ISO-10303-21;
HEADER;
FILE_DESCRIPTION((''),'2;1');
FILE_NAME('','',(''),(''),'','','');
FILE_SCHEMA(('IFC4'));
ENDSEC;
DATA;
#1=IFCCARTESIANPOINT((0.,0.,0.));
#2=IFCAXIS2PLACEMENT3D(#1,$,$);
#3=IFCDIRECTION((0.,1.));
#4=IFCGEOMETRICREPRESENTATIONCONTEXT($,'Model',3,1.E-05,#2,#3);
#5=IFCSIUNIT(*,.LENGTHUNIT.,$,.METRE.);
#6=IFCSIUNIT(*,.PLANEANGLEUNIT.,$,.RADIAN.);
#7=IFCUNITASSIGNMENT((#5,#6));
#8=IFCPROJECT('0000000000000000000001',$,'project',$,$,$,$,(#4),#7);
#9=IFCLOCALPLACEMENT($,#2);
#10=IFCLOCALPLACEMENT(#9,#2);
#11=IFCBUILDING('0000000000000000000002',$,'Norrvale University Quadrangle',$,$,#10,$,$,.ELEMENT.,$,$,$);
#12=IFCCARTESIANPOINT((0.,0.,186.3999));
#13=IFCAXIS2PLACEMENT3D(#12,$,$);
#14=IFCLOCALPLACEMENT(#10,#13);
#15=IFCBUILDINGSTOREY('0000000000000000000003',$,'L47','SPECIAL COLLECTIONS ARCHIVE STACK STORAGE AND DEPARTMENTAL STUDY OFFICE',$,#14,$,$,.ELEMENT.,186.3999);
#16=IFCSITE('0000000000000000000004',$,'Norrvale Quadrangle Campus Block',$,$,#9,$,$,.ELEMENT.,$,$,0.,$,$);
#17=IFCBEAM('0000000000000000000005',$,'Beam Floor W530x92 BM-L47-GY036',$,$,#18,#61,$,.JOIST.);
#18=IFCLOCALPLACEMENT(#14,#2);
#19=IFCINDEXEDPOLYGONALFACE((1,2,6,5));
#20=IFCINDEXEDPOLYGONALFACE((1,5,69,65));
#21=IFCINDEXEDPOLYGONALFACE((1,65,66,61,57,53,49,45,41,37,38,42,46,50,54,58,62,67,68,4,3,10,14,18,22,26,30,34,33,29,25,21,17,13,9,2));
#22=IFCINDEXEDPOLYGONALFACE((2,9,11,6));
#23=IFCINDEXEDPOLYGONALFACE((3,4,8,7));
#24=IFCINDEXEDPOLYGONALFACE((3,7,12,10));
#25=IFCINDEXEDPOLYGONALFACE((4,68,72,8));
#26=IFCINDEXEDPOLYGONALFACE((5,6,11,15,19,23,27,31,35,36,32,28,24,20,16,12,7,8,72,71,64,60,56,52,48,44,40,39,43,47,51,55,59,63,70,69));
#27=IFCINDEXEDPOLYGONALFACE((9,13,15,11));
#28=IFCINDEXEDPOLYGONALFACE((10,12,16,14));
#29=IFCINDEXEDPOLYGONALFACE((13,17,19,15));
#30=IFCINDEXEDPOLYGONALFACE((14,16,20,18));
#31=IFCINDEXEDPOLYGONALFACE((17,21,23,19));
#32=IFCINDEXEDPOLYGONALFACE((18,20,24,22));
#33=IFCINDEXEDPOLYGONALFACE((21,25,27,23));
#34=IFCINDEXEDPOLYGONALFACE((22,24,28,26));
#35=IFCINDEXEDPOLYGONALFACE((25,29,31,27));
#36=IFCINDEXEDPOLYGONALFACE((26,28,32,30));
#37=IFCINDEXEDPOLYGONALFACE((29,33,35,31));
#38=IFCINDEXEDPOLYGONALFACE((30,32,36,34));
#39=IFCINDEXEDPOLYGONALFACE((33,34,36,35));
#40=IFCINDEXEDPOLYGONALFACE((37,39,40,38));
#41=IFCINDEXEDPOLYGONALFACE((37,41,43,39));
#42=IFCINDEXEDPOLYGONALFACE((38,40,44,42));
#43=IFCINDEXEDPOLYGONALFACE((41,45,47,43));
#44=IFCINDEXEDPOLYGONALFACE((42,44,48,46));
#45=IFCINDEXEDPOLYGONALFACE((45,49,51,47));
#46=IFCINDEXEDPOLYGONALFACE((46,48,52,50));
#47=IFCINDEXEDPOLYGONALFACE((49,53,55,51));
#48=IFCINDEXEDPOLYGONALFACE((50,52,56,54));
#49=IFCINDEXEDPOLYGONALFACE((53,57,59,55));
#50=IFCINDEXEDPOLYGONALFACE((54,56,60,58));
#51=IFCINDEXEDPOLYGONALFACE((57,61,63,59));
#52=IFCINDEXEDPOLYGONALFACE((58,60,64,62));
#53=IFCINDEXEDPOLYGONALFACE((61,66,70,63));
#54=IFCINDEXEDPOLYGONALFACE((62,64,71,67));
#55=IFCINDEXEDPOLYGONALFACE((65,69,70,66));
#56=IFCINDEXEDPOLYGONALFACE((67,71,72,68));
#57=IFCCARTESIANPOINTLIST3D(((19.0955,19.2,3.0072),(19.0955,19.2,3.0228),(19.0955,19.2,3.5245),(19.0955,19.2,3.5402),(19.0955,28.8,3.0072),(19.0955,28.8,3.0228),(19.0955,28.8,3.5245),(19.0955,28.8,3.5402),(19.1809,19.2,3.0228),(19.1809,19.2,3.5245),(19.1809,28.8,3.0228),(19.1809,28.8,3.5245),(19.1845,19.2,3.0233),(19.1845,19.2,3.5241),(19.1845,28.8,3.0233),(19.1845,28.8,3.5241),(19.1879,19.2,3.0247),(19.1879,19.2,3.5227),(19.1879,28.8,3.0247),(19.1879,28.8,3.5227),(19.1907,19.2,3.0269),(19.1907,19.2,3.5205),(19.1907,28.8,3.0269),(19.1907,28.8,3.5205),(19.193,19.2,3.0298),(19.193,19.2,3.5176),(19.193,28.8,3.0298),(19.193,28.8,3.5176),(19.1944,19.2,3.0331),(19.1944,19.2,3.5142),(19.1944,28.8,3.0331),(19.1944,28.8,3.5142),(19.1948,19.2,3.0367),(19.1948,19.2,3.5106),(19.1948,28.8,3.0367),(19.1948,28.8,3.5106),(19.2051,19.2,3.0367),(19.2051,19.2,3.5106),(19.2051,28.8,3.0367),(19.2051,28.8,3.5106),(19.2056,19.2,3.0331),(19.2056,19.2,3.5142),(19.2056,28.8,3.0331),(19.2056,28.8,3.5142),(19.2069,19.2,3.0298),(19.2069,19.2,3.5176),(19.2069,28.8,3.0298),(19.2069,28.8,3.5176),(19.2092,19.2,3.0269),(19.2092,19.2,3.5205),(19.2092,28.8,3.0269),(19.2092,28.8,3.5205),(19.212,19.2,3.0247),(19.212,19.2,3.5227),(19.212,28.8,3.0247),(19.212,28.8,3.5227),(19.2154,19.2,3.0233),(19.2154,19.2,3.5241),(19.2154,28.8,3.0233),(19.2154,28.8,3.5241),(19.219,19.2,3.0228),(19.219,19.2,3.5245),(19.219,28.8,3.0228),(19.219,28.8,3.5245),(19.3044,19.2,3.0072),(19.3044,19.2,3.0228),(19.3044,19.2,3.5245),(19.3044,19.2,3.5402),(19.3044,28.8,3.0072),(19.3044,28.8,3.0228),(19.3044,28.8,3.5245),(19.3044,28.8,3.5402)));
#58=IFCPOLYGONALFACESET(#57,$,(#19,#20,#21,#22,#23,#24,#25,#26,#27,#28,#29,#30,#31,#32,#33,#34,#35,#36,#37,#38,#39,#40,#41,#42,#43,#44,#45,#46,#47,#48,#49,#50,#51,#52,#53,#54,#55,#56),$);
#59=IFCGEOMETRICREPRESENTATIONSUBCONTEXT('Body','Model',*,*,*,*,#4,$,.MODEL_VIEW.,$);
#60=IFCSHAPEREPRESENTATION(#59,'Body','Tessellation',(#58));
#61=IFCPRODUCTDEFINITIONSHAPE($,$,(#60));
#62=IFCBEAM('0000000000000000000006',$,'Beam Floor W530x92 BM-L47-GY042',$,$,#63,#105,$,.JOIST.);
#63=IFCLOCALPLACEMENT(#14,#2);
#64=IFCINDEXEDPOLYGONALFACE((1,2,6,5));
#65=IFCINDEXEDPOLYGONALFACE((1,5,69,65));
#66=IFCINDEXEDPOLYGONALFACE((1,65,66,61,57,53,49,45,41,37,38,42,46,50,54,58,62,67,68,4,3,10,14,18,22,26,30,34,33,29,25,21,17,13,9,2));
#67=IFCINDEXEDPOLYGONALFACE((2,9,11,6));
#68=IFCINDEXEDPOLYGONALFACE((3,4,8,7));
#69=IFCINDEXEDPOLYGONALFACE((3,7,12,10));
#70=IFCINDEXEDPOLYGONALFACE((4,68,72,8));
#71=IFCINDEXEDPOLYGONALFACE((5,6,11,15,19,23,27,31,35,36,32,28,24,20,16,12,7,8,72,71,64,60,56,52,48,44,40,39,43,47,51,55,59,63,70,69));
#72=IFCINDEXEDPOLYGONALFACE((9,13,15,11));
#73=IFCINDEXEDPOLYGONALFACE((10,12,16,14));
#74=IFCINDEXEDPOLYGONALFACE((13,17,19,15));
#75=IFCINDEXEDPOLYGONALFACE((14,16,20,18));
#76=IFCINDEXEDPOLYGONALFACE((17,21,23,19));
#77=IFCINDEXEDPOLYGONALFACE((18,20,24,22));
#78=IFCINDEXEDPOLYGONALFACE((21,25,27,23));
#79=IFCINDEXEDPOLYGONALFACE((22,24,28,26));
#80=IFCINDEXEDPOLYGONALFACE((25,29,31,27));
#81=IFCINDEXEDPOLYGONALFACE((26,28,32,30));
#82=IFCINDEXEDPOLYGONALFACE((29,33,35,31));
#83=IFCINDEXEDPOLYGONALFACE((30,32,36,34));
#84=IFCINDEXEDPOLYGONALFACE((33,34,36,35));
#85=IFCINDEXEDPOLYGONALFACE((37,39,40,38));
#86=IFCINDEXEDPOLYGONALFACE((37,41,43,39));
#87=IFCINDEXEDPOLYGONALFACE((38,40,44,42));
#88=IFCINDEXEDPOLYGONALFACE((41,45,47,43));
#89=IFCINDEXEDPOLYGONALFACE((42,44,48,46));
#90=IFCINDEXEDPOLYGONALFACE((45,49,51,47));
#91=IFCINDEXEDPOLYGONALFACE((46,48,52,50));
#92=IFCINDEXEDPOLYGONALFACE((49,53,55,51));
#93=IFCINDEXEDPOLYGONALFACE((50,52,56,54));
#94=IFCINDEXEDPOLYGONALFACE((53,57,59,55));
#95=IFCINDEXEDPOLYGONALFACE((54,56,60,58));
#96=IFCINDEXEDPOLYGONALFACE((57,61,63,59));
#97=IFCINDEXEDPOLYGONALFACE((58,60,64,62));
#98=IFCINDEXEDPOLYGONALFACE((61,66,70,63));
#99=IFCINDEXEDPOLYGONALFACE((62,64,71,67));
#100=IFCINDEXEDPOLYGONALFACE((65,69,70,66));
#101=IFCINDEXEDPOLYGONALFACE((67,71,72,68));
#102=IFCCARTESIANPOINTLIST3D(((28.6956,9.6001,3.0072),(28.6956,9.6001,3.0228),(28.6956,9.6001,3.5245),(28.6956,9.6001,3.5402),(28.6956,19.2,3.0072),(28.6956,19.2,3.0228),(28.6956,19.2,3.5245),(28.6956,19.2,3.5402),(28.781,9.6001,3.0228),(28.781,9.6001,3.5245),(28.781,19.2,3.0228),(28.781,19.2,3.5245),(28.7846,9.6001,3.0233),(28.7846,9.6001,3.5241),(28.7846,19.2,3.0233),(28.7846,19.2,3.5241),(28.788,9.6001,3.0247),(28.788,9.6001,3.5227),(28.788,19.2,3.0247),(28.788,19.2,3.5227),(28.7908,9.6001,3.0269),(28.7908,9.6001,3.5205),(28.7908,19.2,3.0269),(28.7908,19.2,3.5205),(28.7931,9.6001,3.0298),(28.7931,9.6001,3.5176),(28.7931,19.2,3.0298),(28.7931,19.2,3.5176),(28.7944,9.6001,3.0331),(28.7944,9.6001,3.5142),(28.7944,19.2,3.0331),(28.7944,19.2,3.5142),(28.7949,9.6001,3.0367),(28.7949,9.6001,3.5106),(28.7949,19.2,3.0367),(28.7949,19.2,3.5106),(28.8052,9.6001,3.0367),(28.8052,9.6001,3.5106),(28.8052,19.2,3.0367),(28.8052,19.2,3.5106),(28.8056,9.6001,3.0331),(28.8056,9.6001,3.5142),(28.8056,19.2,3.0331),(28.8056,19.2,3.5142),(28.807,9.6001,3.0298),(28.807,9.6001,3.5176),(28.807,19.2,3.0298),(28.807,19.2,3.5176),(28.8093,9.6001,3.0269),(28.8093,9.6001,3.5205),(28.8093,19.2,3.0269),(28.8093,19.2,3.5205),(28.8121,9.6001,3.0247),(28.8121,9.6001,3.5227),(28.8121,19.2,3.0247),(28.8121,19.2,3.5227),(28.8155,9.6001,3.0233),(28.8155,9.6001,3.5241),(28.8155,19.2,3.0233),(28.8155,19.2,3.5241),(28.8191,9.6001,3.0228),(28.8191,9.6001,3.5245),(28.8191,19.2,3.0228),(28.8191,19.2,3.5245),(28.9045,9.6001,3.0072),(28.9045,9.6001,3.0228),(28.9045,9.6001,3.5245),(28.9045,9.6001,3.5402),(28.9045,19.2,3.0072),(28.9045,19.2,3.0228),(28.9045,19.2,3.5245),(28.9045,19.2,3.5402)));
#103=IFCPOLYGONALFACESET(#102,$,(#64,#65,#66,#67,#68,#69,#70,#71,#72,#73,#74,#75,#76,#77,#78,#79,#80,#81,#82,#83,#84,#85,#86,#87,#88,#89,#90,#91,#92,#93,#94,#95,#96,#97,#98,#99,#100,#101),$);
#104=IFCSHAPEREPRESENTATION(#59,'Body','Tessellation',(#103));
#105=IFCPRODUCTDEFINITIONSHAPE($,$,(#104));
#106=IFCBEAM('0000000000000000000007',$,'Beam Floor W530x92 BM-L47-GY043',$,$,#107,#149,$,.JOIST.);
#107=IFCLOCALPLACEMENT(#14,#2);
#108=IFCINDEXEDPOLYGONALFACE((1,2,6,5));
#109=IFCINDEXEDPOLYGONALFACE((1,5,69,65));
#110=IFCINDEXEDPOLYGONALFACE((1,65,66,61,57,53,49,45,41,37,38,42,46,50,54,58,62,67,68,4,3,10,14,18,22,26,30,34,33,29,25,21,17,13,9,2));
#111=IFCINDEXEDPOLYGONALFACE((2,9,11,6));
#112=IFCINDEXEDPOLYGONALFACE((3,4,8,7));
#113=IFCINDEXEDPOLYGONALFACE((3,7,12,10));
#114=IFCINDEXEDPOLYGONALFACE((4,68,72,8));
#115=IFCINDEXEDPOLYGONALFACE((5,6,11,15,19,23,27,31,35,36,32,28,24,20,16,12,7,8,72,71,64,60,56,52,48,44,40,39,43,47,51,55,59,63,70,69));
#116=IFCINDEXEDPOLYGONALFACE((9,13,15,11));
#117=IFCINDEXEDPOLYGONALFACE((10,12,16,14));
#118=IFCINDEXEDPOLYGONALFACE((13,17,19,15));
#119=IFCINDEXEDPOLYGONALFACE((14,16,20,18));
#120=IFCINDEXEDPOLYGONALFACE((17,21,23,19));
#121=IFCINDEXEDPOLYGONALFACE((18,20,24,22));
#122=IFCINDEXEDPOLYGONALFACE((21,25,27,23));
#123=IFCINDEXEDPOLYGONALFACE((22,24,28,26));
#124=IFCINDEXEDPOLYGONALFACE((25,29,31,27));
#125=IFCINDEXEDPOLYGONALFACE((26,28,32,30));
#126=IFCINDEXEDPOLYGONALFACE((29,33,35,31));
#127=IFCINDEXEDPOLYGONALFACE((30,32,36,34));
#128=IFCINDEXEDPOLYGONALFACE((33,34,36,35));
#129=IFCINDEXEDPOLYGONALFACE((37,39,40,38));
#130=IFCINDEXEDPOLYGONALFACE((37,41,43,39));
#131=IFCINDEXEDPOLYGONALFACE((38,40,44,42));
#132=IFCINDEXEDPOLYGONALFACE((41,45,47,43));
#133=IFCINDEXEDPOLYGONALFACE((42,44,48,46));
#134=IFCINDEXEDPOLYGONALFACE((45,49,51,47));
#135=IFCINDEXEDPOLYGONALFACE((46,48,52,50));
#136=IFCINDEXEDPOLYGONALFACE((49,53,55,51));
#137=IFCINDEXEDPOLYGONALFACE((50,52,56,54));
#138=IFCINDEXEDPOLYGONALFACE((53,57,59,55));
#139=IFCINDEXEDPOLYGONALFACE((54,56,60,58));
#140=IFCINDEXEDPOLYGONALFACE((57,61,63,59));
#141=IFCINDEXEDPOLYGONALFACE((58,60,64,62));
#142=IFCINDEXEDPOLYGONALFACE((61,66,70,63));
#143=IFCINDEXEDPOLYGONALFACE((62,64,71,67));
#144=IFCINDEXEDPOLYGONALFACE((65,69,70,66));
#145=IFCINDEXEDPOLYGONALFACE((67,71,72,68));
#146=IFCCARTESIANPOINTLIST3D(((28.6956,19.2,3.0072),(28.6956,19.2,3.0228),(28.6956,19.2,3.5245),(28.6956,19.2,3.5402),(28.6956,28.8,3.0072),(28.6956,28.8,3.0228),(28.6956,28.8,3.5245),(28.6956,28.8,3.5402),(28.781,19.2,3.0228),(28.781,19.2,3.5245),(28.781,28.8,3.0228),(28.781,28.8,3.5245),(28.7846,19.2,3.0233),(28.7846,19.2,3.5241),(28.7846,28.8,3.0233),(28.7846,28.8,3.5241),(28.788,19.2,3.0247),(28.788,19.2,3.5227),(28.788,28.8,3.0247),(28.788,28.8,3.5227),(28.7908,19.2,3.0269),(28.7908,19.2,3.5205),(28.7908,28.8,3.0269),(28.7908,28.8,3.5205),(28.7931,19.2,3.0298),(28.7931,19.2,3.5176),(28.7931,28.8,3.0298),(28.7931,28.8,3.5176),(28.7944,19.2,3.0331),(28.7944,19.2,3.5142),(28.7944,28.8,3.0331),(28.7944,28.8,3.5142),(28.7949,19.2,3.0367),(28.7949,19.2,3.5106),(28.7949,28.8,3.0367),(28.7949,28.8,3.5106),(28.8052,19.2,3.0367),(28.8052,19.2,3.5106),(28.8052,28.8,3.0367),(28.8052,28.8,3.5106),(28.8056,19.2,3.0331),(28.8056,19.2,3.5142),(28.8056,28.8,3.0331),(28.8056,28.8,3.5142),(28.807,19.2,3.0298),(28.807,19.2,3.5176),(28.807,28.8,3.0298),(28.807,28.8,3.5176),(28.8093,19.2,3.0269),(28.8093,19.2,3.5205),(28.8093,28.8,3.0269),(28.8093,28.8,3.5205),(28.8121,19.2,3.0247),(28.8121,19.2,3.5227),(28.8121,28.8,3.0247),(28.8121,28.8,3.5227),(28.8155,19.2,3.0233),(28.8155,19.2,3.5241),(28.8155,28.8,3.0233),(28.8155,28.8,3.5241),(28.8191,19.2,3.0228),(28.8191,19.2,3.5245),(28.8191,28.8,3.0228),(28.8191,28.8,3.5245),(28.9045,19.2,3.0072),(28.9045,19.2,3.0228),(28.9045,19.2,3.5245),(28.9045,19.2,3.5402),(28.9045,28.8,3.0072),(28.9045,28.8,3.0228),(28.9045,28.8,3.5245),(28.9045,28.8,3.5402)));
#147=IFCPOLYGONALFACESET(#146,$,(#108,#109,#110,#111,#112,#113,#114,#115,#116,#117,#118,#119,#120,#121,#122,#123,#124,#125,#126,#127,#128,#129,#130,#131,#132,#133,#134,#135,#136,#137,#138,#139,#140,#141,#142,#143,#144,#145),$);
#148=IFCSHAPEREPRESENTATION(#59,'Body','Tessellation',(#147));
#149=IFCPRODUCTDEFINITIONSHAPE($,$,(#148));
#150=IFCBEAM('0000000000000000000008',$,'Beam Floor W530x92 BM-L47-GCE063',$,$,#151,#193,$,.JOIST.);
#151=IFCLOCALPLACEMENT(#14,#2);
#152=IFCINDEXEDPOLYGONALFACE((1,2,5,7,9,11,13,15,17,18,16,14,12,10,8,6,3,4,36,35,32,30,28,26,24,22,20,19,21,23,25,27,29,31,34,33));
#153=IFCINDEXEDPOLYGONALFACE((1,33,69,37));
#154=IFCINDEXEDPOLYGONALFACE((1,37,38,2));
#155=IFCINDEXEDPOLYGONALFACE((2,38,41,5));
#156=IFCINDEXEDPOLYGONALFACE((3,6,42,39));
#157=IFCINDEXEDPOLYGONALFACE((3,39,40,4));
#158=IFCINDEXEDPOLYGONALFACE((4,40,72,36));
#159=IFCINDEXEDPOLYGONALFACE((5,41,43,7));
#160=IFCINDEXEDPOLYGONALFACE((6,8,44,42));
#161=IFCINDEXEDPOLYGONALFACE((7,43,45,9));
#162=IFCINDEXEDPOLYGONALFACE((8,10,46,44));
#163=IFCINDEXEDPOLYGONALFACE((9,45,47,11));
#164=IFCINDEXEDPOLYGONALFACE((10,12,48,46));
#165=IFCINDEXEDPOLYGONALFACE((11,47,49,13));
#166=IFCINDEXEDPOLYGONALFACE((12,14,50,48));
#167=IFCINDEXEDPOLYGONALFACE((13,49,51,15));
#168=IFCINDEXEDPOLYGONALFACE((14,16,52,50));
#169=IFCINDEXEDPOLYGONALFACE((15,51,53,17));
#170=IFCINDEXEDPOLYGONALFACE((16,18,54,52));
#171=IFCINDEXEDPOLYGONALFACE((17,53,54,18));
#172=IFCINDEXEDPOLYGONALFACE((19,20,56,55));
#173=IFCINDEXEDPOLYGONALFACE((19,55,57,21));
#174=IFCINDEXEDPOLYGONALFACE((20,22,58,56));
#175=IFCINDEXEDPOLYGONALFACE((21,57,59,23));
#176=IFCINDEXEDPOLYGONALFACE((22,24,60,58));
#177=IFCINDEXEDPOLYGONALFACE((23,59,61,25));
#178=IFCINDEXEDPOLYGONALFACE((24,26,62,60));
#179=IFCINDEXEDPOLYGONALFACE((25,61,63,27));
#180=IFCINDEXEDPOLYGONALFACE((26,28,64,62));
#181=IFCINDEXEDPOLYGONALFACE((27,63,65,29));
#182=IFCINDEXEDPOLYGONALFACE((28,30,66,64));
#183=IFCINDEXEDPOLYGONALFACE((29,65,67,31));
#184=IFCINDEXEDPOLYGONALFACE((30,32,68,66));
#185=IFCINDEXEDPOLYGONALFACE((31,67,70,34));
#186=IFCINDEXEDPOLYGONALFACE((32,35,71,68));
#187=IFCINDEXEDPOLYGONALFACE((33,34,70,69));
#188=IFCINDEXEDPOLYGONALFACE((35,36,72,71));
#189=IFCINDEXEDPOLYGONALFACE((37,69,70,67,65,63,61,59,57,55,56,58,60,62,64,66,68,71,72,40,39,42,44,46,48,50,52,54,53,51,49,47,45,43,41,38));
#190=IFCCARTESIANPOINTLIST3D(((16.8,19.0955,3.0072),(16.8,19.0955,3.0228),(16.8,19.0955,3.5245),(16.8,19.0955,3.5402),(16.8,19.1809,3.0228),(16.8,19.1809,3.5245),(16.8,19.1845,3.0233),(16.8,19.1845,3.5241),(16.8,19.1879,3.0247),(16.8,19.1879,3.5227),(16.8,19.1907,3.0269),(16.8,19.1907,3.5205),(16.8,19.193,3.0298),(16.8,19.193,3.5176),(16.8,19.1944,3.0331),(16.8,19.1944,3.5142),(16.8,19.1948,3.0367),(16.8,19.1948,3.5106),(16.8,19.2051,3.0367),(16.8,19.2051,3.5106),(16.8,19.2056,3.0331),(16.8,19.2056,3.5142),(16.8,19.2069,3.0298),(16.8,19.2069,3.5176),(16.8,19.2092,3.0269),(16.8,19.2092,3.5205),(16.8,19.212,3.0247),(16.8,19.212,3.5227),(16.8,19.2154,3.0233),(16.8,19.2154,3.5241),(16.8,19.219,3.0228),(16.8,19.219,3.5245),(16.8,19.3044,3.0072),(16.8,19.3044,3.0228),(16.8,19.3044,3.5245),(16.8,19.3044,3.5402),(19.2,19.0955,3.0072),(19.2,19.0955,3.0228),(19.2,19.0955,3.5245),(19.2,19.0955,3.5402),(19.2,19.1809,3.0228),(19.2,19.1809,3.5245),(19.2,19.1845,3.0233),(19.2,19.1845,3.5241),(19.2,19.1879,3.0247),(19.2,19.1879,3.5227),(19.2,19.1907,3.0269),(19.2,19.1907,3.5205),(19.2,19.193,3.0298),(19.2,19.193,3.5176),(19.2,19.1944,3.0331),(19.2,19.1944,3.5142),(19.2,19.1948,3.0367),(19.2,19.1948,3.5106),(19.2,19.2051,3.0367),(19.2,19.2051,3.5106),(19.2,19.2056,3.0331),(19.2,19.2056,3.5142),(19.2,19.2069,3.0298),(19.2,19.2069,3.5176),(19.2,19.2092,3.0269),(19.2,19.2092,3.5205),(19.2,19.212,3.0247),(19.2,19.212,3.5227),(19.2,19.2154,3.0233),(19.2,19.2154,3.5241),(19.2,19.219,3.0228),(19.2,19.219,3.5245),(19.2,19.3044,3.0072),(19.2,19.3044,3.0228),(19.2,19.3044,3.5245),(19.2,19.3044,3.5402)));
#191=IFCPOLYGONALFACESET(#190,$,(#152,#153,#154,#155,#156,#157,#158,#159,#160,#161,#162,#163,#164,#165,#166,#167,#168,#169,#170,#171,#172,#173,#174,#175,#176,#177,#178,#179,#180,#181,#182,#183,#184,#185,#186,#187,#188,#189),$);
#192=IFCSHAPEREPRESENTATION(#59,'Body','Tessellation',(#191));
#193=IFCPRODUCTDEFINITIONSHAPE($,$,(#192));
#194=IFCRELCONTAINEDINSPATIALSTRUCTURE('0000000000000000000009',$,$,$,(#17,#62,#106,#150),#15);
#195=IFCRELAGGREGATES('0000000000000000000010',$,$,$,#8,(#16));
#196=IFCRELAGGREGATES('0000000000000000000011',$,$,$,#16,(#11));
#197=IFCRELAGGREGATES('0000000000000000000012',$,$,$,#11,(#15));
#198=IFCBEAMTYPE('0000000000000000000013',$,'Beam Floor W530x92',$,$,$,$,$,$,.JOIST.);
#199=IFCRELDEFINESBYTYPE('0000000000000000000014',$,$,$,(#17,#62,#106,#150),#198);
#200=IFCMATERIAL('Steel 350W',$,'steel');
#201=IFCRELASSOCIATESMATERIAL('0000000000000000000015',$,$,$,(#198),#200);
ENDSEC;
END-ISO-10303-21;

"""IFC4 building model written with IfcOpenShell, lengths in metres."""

from ifc_helpers import new_model, si_unit, direction, frame, origin, origin_2d, place, context, subcontext, project, spatial, i_section, extrude, material, material_profile, profile_set, type_object, element, save


model = new_model("IFC4")

# Units and contexts
model_context = context("Model", 3, precision=1e-05, world=origin(), true_north=direction((0.0, 1.0)))
body_context = subcontext(model_context, "Body", "Model", "MODEL_VIEW")
ifc_project = project(units=[si_unit("LENGTHUNIT", "METRE"), si_unit("PLANEANGLEUNIT", "RADIAN")], contexts=[model_context])

# Site, building, storey
site_placement = place(None, origin())
site = spatial("IfcSite", under=ifc_project, at=site_placement, Name="Norrvale Quadrangle Campus Block", CompositionType="ELEMENT", RefElevation=0.0)
building_placement = place(site_placement, origin())
building = spatial("IfcBuilding", under=site, at=building_placement, Name="Norrvale University Quadrangle", CompositionType="ELEMENT")
storey_placement = place(building_placement, frame((0.0, 0.0, 186.3999)))
storey = spatial("IfcBuildingStorey", under=building, at=storey_placement, Name="L47", Description="SPECIAL COLLECTIONS ARCHIVE STACK STORAGE AND DEPARTMENTAL STUDY OFFICE", CompositionType="ELEMENT", Elevation=186.3999)

# Beams
ifc_material_1 = material(Name="Steel 350W", Category="steel")
ifc_material_profile_1 = material_profile(ifc_material_1, i_section(OverallWidth=0.209, OverallDepth=0.533, WebThickness=0.0103, FlangeThickness=0.0156, FilletRadius=0.0139, at=origin_2d()), Name="Steel 350W")
ifc_profile_set_1 = profile_set([ifc_material_profile_1], Name="Steel 350W")
beam_type_1 = type_object("IfcBeamType", Name="Beam Floor W530x92", PredefinedType="JOIST", material=ifc_profile_set_1)
beam_1_placement = place(storey_placement, frame((19.2, 19.2, 3.2737), z_axis=(0.0, 1.0, 0.0), x_axis=(-1.0, 0.0, 0.0)))
element("IfcBeam", 1, at=beam_1_placement, inside=storey, type_object=beam_type_1, Name="Beam Floor W530x92 BM-L47-GY036", PredefinedType="JOIST", context=body_context, shape_type="SweptSolid", body=[
    extrude(i_section(OverallWidth=0.209, OverallDepth=0.533, WebThickness=0.0103, FlangeThickness=0.0156, FilletRadius=0.0139, at=origin_2d()), origin(), (0.0, 0.0, 1.0), 9.6001),
])
beam_2_placement = place(storey_placement, frame((28.8, 9.6001, 3.2737), z_axis=(0.0, 1.0, 0.0), x_axis=(-1.0, 0.0, 0.0)))
element("IfcBeam", 2, at=beam_2_placement, inside=storey, type_object=beam_type_1, Name="Beam Floor W530x92 BM-L47-GY042", PredefinedType="JOIST", context=body_context, shape_type="SweptSolid", body=[
    extrude(i_section(OverallWidth=0.209, OverallDepth=0.533, WebThickness=0.0103, FlangeThickness=0.0156, FilletRadius=0.0139, at=origin_2d()), origin(), (0.0, 0.0, 1.0), 9.5999),
])
beam_3_placement = place(storey_placement, frame((28.8, 19.2, 3.2737), z_axis=(0.0, 1.0, 0.0), x_axis=(-1.0, 0.0, 0.0)))
element("IfcBeam", 3, at=beam_3_placement, inside=storey, type_object=beam_type_1, Name="Beam Floor W530x92 BM-L47-GY043", PredefinedType="JOIST", context=body_context, shape_type="SweptSolid", body=[
    extrude(i_section(OverallWidth=0.209, OverallDepth=0.533, WebThickness=0.0103, FlangeThickness=0.0156, FilletRadius=0.0139, at=origin_2d()), origin(), (0.0, 0.0, 1.0), 9.6001),
])
beam_4_placement = place(storey_placement, frame((16.8, 19.2, 3.2737), z_axis=(1.0, 0.0, 0.0), x_axis=(0.0, 1.0, 0.0)))
element("IfcBeam", 4, at=beam_4_placement, inside=storey, type_object=beam_type_1, Name="Beam Floor W530x92 BM-L47-GCE063", PredefinedType="JOIST", context=body_context, shape_type="SweptSolid", body=[
    extrude(i_section(OverallWidth=0.209, OverallDepth=0.533, WebThickness=0.0103, FlangeThickness=0.0156, FilletRadius=0.0139, at=origin_2d()), origin(), (0.0, 0.0, 1.0), 2.3999),
])

save(model, "model.ifc")
